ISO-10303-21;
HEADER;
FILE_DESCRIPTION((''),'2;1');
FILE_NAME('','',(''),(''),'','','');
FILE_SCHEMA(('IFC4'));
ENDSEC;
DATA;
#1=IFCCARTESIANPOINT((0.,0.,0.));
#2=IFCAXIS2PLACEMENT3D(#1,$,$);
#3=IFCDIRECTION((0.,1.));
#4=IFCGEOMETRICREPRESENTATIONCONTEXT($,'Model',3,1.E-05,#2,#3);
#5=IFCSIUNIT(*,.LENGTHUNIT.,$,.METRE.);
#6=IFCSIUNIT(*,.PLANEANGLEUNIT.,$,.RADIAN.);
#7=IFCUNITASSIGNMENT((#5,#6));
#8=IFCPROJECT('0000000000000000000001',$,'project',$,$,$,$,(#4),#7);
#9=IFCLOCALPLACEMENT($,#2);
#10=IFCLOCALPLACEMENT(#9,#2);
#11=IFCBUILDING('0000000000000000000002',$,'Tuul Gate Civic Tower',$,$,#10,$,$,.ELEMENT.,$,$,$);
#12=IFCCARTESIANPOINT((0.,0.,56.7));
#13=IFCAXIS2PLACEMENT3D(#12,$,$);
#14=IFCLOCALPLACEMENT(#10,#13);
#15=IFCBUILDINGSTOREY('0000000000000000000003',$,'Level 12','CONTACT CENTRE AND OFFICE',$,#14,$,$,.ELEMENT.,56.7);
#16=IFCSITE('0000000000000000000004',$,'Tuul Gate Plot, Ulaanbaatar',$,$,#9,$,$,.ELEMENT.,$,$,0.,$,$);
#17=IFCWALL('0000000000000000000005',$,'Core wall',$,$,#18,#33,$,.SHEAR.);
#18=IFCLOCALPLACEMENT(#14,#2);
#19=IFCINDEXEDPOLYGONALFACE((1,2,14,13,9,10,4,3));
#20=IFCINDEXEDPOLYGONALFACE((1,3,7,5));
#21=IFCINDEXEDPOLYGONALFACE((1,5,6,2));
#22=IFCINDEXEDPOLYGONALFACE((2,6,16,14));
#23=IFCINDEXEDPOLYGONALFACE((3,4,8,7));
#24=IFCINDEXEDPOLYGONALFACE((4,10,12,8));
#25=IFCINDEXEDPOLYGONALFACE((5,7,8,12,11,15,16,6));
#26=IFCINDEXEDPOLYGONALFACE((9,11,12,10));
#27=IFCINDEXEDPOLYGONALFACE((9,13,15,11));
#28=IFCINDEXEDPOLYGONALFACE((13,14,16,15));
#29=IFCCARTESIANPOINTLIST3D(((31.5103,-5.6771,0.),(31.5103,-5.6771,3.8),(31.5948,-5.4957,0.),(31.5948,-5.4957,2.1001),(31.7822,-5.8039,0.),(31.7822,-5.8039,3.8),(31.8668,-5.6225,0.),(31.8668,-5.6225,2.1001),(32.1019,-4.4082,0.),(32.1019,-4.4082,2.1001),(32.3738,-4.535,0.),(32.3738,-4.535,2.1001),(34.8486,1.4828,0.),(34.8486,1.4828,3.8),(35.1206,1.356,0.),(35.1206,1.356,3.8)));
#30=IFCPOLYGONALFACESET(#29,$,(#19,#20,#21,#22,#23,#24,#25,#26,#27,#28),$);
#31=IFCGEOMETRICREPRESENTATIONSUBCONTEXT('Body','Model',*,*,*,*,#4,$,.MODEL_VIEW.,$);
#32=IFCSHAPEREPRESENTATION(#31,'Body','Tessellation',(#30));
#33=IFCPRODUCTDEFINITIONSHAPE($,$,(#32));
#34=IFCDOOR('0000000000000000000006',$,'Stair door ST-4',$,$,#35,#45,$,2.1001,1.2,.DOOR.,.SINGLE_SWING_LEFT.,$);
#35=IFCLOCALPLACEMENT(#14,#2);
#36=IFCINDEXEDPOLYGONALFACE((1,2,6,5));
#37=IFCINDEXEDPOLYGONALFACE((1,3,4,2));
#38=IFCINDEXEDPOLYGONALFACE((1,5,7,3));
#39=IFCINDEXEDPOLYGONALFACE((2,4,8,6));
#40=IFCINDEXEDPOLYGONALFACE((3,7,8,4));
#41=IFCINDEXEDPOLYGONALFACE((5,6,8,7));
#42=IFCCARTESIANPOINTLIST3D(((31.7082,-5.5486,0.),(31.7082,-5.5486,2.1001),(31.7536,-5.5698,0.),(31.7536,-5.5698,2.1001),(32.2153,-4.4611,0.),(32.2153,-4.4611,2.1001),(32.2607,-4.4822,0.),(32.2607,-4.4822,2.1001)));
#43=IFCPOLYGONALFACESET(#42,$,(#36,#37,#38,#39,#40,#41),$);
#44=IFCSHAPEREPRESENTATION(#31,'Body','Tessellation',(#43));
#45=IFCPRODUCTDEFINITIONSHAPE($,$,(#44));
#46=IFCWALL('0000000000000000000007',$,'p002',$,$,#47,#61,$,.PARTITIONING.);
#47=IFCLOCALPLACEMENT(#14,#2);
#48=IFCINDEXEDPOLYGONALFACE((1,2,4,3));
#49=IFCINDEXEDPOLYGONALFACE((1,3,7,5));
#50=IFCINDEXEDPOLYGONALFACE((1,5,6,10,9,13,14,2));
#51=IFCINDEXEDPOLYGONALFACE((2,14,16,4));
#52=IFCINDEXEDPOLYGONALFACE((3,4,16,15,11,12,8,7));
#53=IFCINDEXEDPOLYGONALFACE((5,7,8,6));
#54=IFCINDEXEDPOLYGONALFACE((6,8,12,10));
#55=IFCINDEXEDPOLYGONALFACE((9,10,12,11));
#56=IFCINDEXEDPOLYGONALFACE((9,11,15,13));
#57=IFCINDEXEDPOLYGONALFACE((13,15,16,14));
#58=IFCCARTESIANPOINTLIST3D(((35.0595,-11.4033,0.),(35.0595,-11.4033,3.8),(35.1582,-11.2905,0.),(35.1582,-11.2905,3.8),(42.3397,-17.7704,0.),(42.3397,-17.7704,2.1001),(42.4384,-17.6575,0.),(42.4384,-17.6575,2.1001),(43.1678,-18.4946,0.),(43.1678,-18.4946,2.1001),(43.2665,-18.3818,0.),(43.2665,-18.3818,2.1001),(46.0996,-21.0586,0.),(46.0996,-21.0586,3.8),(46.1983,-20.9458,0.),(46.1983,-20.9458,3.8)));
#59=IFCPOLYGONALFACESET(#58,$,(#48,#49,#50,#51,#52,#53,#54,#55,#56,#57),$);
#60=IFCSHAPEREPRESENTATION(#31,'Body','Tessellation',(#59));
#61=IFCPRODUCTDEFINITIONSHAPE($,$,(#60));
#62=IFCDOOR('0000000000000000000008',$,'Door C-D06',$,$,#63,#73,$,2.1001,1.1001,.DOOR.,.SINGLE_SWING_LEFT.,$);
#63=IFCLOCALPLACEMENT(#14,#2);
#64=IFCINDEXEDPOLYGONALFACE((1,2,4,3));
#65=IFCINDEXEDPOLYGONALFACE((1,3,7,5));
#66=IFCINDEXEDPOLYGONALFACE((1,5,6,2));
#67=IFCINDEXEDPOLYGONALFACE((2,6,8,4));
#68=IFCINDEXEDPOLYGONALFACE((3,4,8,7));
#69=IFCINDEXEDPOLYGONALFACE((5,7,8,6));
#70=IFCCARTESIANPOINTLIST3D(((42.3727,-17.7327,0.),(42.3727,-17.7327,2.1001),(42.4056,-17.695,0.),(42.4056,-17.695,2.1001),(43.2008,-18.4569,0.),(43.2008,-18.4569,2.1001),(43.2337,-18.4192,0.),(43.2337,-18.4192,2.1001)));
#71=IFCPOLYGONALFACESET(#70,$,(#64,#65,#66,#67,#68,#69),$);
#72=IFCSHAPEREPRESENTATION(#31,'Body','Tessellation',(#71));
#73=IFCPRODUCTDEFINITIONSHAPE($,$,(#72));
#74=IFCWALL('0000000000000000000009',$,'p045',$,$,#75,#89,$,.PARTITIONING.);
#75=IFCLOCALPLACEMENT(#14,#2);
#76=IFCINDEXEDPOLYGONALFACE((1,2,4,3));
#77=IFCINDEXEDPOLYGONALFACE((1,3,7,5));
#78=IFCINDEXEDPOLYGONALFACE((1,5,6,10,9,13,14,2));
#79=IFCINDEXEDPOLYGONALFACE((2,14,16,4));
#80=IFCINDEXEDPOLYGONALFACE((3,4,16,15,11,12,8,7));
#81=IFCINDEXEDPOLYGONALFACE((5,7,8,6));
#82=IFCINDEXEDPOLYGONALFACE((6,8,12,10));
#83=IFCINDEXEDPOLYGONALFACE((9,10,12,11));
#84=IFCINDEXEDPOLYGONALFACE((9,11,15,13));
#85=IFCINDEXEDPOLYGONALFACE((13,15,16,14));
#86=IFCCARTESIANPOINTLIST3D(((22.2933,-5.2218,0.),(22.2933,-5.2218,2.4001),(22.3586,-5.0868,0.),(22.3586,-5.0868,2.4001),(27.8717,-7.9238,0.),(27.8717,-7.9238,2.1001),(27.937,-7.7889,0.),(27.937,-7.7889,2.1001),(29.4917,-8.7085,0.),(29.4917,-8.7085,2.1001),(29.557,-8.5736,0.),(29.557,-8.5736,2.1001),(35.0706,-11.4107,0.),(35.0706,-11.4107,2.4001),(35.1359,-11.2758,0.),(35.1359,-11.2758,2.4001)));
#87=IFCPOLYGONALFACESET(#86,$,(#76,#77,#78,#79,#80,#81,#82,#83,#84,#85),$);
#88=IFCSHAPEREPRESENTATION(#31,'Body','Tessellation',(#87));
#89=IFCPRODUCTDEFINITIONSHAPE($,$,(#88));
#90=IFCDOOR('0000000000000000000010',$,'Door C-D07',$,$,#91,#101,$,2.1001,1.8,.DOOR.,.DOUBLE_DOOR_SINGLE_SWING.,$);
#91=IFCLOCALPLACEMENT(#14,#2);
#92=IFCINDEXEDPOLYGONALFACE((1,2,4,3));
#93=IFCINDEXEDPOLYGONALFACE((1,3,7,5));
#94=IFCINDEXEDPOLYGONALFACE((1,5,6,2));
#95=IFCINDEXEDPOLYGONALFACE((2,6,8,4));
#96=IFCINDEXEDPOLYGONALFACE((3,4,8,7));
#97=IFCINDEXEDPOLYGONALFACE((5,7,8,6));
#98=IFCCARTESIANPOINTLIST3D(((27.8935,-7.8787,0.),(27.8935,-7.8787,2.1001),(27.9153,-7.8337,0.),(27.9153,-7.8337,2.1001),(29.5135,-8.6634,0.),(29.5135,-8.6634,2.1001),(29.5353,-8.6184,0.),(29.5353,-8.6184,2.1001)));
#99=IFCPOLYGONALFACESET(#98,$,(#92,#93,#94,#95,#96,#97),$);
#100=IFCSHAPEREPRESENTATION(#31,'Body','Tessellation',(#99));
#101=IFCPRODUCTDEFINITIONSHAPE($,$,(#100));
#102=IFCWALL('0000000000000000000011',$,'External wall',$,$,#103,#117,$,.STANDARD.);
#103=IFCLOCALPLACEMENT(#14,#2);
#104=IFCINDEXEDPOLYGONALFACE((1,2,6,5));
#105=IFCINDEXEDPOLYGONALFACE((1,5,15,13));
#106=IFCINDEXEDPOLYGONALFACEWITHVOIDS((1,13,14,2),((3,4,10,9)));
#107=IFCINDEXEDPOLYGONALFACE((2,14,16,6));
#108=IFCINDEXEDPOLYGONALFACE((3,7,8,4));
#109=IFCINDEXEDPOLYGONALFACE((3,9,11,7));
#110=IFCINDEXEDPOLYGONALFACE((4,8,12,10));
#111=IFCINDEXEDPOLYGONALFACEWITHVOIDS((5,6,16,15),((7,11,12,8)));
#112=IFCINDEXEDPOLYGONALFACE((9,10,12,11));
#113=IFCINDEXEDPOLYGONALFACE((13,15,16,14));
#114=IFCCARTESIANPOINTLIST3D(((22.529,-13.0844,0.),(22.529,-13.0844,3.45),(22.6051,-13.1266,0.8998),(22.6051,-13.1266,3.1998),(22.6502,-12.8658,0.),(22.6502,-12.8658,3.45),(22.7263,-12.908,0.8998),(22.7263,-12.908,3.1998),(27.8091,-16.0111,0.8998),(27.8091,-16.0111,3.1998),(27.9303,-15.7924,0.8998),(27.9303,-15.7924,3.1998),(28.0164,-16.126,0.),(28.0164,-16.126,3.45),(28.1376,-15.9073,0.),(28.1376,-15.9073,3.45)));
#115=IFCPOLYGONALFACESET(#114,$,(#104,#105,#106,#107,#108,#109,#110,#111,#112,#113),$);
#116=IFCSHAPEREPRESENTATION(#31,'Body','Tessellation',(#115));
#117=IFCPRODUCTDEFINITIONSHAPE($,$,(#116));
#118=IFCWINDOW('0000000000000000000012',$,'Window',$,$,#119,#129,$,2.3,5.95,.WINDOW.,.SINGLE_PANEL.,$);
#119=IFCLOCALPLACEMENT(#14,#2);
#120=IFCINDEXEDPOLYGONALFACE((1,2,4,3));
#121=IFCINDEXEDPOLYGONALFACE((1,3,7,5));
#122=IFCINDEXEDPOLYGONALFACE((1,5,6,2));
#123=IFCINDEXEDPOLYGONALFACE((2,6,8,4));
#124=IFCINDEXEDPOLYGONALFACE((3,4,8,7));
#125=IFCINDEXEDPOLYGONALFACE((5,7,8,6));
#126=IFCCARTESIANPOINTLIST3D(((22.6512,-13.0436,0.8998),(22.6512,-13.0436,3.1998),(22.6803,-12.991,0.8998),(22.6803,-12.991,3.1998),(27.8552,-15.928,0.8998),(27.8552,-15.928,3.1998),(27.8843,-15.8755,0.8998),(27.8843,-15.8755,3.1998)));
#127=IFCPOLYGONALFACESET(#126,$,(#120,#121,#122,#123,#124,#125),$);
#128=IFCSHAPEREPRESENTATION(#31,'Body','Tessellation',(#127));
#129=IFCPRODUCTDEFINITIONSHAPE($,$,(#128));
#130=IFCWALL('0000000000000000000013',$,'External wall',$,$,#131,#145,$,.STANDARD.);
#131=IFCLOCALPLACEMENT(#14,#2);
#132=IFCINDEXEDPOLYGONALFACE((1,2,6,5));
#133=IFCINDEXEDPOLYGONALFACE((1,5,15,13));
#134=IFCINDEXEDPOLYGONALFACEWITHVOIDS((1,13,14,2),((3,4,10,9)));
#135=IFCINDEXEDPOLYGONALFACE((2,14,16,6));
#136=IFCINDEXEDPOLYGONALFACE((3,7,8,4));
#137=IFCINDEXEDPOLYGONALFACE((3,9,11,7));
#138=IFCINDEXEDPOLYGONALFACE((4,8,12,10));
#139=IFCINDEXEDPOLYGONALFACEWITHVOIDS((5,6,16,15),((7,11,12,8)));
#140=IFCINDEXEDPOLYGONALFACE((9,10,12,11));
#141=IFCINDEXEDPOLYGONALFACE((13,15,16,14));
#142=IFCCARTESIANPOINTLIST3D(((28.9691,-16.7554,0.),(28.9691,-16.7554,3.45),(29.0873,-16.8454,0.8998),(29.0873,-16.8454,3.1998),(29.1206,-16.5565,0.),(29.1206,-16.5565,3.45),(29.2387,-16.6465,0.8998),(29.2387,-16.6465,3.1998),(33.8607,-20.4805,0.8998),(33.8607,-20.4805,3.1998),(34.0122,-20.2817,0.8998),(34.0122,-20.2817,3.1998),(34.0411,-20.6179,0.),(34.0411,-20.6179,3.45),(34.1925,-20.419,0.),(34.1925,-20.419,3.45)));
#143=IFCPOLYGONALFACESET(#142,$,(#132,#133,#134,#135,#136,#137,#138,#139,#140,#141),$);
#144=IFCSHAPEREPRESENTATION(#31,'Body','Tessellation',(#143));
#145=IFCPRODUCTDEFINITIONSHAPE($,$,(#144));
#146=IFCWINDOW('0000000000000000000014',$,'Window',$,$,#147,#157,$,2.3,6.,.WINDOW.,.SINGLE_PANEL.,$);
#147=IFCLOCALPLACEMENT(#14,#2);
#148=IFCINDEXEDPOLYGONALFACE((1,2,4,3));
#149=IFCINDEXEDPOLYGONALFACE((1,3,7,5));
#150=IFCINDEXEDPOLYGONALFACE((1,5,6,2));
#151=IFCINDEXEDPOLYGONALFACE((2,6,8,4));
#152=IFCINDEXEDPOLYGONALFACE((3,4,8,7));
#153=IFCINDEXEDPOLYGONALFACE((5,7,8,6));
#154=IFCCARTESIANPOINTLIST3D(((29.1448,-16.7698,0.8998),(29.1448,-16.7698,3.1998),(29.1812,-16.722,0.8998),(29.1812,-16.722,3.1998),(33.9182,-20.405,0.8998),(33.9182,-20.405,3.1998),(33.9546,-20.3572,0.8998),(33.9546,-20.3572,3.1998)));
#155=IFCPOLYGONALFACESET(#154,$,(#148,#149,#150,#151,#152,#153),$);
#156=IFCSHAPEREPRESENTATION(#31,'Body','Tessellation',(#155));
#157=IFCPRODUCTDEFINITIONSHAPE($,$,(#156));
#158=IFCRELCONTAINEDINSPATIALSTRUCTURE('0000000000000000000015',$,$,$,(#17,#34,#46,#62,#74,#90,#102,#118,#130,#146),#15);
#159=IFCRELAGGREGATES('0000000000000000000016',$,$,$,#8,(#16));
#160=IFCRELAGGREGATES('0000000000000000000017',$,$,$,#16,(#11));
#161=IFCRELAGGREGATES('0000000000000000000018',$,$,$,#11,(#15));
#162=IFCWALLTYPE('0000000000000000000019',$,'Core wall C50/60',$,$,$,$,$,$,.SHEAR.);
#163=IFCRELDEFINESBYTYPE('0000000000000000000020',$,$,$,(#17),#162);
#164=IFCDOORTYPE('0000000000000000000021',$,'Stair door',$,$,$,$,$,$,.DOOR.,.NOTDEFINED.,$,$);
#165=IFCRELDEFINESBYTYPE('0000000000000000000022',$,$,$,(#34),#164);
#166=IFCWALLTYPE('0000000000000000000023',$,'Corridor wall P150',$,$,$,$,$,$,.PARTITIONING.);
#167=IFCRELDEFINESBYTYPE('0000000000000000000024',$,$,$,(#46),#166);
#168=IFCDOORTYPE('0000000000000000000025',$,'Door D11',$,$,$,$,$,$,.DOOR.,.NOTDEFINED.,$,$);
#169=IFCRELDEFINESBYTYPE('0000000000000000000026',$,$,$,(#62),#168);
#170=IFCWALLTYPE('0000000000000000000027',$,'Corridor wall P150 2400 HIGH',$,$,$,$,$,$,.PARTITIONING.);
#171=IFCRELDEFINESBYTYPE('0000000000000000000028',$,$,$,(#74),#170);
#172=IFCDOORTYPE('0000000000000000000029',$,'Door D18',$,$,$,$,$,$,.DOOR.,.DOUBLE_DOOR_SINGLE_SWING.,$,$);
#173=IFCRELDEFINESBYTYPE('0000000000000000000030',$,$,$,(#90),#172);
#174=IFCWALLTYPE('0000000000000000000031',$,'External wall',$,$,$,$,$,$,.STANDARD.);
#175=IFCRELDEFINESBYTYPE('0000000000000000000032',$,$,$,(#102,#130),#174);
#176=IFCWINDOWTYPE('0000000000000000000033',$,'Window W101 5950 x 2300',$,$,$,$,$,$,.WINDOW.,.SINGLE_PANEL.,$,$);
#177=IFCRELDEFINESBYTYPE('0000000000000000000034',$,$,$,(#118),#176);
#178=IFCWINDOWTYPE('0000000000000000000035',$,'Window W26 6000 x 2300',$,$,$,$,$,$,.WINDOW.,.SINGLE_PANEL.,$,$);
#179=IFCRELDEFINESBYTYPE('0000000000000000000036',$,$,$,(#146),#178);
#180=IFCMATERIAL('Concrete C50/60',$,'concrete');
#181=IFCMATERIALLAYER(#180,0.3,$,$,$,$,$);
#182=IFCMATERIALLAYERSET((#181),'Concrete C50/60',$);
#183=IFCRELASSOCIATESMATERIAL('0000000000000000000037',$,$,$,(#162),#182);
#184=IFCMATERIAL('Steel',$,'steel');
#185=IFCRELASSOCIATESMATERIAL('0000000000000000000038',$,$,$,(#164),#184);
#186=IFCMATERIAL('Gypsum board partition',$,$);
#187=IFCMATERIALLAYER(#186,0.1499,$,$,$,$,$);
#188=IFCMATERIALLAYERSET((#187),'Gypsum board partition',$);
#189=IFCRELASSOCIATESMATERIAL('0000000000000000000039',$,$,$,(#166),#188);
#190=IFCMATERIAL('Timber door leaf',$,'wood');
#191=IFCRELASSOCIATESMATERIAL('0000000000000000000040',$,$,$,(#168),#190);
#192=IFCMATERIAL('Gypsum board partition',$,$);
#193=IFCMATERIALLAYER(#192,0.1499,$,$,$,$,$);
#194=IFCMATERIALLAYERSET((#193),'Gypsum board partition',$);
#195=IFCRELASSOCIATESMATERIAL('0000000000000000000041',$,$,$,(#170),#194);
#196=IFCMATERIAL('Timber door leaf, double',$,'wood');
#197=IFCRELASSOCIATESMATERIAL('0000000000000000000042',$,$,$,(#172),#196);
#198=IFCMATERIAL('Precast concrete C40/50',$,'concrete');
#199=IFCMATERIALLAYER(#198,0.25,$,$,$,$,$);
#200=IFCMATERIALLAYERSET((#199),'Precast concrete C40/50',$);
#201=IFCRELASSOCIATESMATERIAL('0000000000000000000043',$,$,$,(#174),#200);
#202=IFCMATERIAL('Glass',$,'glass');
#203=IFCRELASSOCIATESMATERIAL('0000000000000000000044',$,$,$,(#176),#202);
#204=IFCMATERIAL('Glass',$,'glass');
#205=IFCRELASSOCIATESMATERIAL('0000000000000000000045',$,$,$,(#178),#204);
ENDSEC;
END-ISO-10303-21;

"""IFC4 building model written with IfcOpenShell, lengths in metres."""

from ifc_helpers import new_model, si_unit, direction, frame, frame_2d, origin, place, context, subcontext, project, spatial, rectangle, extrude, material, layer, layer_set, type_object, element, fill, save


model = new_model("IFC4")

# Units and contexts
model_context = context("Model", 3, precision=1e-05, world=origin(), true_north=direction((0.0, 1.0)))
body_context = subcontext(model_context, "Body", "Model", "MODEL_VIEW")
ifc_project = project(units=[si_unit("LENGTHUNIT", "METRE"), si_unit("PLANEANGLEUNIT", "RADIAN")], contexts=[model_context])

# Site, building, storey
site_placement = place(None, origin())
site = spatial("IfcSite", under=ifc_project, at=site_placement, Name="Tuul Gate Plot, Ulaanbaatar", CompositionType="ELEMENT", RefElevation=0.0)
building_placement = place(site_placement, origin())
building = spatial("IfcBuilding", under=site, at=building_placement, Name="Tuul Gate Civic Tower", CompositionType="ELEMENT")
storey_placement = place(building_placement, frame((0.0, 0.0, 56.7)))
storey = spatial("IfcBuildingStorey", under=building, at=storey_placement, Name="Level 12", Description="CONTACT CENTRE AND OFFICE", CompositionType="ELEMENT", Elevation=56.7)

# Shared definitions
ifc_material_1 = material(Name="Concrete C50/60", Category="concrete")
ifc_layer_1 = layer(ifc_material_1, 0.3)
ifc_layer_set_1 = layer_set([ifc_layer_1], Name="Concrete C50/60")
wall_type_1 = type_object("IfcWallType", Name="Core wall C50/60", PredefinedType="SHEAR", material=ifc_layer_set_1)

# Walls, openings, doors
wall_1_placement = place(storey_placement, frame((31.6462, -5.7405, 0.0), z_axis=(0.0, 0.0, 1.0), x_axis=(0.422583, 0.906324, 0.0)))
wall_1 = element("IfcWall", 1, at=wall_1_placement, inside=storey, type_object=wall_type_1, Name="Core wall", PredefinedType="SHEAR", context=body_context, shape_type="SweptSolid", body=[
    extrude(rectangle(XDim=7.8999, YDim=0.3, at=frame_2d((3.95, 0.0))), origin(), (0.0, 0.0, 1.0), 3.8),
])
opening_1_placement = place(wall_1_placement, frame((0.2, 0.0, 0.0)))
opening_1 = element("IfcOpeningElement", 2, at=opening_1_placement, cuts=wall_1, PredefinedType="OPENING", context=body_context, shape_type="SweptSolid", body=[
    extrude(rectangle(XDim=1.2, YDim=2.1001, at=frame_2d((0.6001, 1.05))), frame((0.0, 0.1602, 0.0), z_axis=(0.0, -1.0, 0.0), x_axis=(1.0, 0.0, 0.0)), (0.0, 0.0, 1.0), 0.3201),
])
ifc_material_2 = material(Name="Steel", Category="steel")
door_type_1 = type_object("IfcDoorType", Name="Stair door", OperationType="NOTDEFINED", PredefinedType="DOOR", material=ifc_material_2)
door_1_placement = place(opening_1_placement, origin())
door_1 = element("IfcDoor", 3, at=door_1_placement, inside=storey, type_object=door_type_1, Name="Stair door ST-4", OperationType="SINGLE_SWING_LEFT", OverallHeight=2.1001, OverallWidth=1.2, PredefinedType="DOOR", context=body_context, shape_type="SweptSolid", body=[
    extrude(rectangle(XDim=1.2, YDim=2.1001, at=frame_2d((0.6001, 1.05))), frame((0.0, 0.0249, 0.0), z_axis=(0.0, -1.0, 0.0), x_axis=(1.0, 0.0, 0.0)), (0.0, 0.0, 1.0), 0.05),
])
fill(opening_1, door_1)
ifc_material_3 = material(Name="Gypsum board partition")
ifc_layer_2 = layer(ifc_material_3, 0.1499)
ifc_layer_set_2 = layer_set([ifc_layer_2], Name="Gypsum board partition")
wall_type_2 = type_object("IfcWallType", Name="Corridor wall P150", PredefinedType="PARTITIONING", material=ifc_layer_set_2)
wall_2_placement = place(storey_placement, frame((35.1089, -11.3469, 0.0), z_axis=(0.0, 0.0, 1.0), x_axis=(0.752738, -0.658321, 0.0)))
wall_2 = element("IfcWall", 4, at=wall_2_placement, inside=storey, type_object=wall_type_2, Name="p002", PredefinedType="PARTITIONING", context=body_context, shape_type="SweptSolid", body=[
    extrude(rectangle(XDim=14.6665, YDim=0.1499, at=frame_2d((7.3333, 0.0))), origin(), (0.0, 0.0, 1.0), 3.8),
])
opening_2_placement = place(wall_2_placement, frame((9.6716, 0.0, 0.0)))
opening_2 = element("IfcOpeningElement", 5, at=opening_2_placement, cuts=wall_2, PredefinedType="OPENING", context=body_context, shape_type="SweptSolid", body=[
    extrude(rectangle(XDim=1.1001, YDim=2.1001, at=frame_2d((0.55, 1.05))), frame((0.0, 0.085, 0.0), z_axis=(0.0, -1.0, 0.0), x_axis=(1.0, 0.0, 0.0)), (0.0, 0.0, 1.0), 0.1699),
])
ifc_material_4 = material(Name="Timber door leaf", Category="wood")
door_type_2 = type_object("IfcDoorType", Name="Door D11", OperationType="NOTDEFINED", PredefinedType="DOOR", material=ifc_material_4)
door_2_placement = place(opening_2_placement, frame((1.1001, 0.0, 0.0), z_axis=(0.0, 0.0, 1.0), x_axis=(-1.0, 0.0, 0.0)))
door_2 = element("IfcDoor", 6, at=door_2_placement, inside=storey, type_object=door_type_2, Name="Door C-D06", OperationType="SINGLE_SWING_LEFT", OverallHeight=2.1001, OverallWidth=1.1001, PredefinedType="DOOR", context=body_context, shape_type="SweptSolid", body=[
    extrude(rectangle(XDim=1.1001, YDim=2.1001, at=frame_2d((0.55, 1.05))), frame((0.0, 0.0249, 0.0), z_axis=(0.0, -1.0, 0.0), x_axis=(1.0, 0.0, 0.0)), (0.0, 0.0, 1.0), 0.05),
])
fill(opening_2, door_2)
ifc_material_5 = material(Name="Gypsum board partition")
ifc_layer_3 = layer(ifc_material_5, 0.1499)
ifc_layer_set_3 = layer_set([ifc_layer_3], Name="Gypsum board partition")
wall_type_3 = type_object("IfcWallType", Name="Corridor wall P150 2400 HIGH", PredefinedType="PARTITIONING", material=ifc_layer_set_3)
wall_3_placement = place(storey_placement, frame((22.3259, -5.1543, 0.0), z_axis=(0.0, 0.0, 1.0), x_axis=(0.899983, -0.435925, 0.0)))
wall_3 = element("IfcWall", 7, at=wall_3_placement, inside=storey, type_object=wall_type_3, Name="p045", PredefinedType="PARTITIONING", context=body_context, shape_type="SweptSolid", body=[
    extrude(rectangle(XDim=14.1973, YDim=0.1499, at=frame_2d((7.0986, 0.0))), origin(), (0.0, 0.0, 1.0), 2.4001),
])
opening_3_placement = place(wall_3_placement, frame((6.1985, 0.0, 0.0)))
opening_3 = element("IfcOpeningElement", 8, at=opening_3_placement, cuts=wall_3, PredefinedType="OPENING", context=body_context, shape_type="SweptSolid", body=[
    extrude(rectangle(XDim=1.8, YDim=2.1001, at=frame_2d((0.8999, 1.05))), frame((0.0, 0.085, 0.0), z_axis=(0.0, -1.0, 0.0), x_axis=(1.0, 0.0, 0.0)), (0.0, 0.0, 1.0), 0.1699),
])
ifc_material_6 = material(Name="Timber door leaf, double", Category="wood")
door_type_3 = type_object("IfcDoorType", Name="Door D18", OperationType="DOUBLE_DOOR_SINGLE_SWING", PredefinedType="DOOR", material=ifc_material_6)
door_3_placement = place(opening_3_placement, frame((1.8, 0.0, 0.0), z_axis=(0.0, 0.0, 1.0), x_axis=(-1.0, 0.0, 0.0)))
door_3 = element("IfcDoor", 9, at=door_3_placement, inside=storey, type_object=door_type_3, Name="Door C-D07", OperationType="DOUBLE_DOOR_SINGLE_SWING", OverallHeight=2.1001, OverallWidth=1.8, PredefinedType="DOOR", context=body_context, shape_type="SweptSolid", body=[
    extrude(rectangle(XDim=1.8, YDim=2.1001, at=frame_2d((0.9001, 1.05))), frame((0.0, 0.0249, 0.0), z_axis=(0.0, -1.0, 0.0), x_axis=(1.0, 0.0, 0.0)), (0.0, 0.0, 1.0), 0.05),
])
fill(opening_3, door_3)

# Walls, openings, windows
ifc_material_7 = material(Name="Precast concrete C40/50", Category="concrete")
ifc_layer_4 = layer(ifc_material_7, 0.25)
ifc_layer_set_4 = layer_set([ifc_layer_4], Name="Precast concrete C40/50")
wall_type_4 = type_object("IfcWallType", Name="External wall", PredefinedType="STANDARD", material=ifc_layer_set_4)
wall_4_placement = place(storey_placement, frame((22.5896, -12.9751, 0.0), z_axis=(0.0, 0.0, 1.0), x_axis=(0.87463, -0.48479, 0.0)))
wall_4 = element("IfcWall", 10, at=wall_4_placement, inside=storey, type_object=wall_type_4, Name="External wall", PredefinedType="STANDARD", context=body_context, shape_type="SweptSolid", body=[
    extrude(rectangle(XDim=6.2739, YDim=0.25, at=frame_2d((3.137, 0.0))), origin(), (0.0, 0.0, 1.0), 3.45),
])
opening_4_placement = place(wall_4_placement, frame((0.0869, 0.0, 0.8999)))
opening_4 = element("IfcOpeningElement", 11, at=opening_4_placement, cuts=wall_4, PredefinedType="OPENING", context=body_context, shape_type="SweptSolid", body=[
    extrude(rectangle(XDim=5.95, YDim=2.3, at=frame_2d((2.9751, 1.1499))), frame((0.0, 0.135, 0.0), z_axis=(0.0, -1.0, 0.0), x_axis=(1.0, 0.0, 0.0)), (0.0, 0.0, 1.0), 0.27),
])
ifc_material_8 = material(Name="Glass", Category="glass")
window_type_1 = type_object("IfcWindowType", Name="Window W101 5950 x 2300", PartitioningType="SINGLE_PANEL", PredefinedType="WINDOW", material=ifc_material_8)
window_1_placement = place(opening_4_placement, origin())
window_1 = element("IfcWindow", 12, at=window_1_placement, inside=storey, type_object=window_type_1, Name="Window", OverallHeight=2.3, OverallWidth=5.95, PartitioningType="SINGLE_PANEL", PredefinedType="WINDOW", context=body_context, shape_type="SweptSolid", body=[
    extrude(rectangle(XDim=5.95, YDim=2.3, at=frame_2d((2.9751, 1.1499))), frame((0.0, 0.03, 0.0), z_axis=(0.0, -1.0, 0.0), x_axis=(1.0, 0.0, 0.0)), (0.0, 0.0, 1.0), 0.0601),
])
fill(opening_4, window_1)
wall_5_placement = place(storey_placement, frame((29.0449, -16.656, 0.0), z_axis=(0.0, 0.0, 1.0), x_axis=(0.795571, -0.60586, 0.0)))
wall_5 = element("IfcWall", 13, at=wall_5_placement, inside=storey, type_object=wall_type_4, Name="External wall", PredefinedType="STANDARD", context=body_context, shape_type="SweptSolid", body=[
    extrude(rectangle(XDim=6.3752, YDim=0.25, at=frame_2d((3.1875, 0.0))), origin(), (0.0, 0.0, 1.0), 3.45),
])
opening_5_placement = place(wall_5_placement, frame((0.1484, 0.0, 0.8999)))
opening_5 = element("IfcOpeningElement", 14, at=opening_5_placement, cuts=wall_5, PredefinedType="OPENING", context=body_context, shape_type="SweptSolid", body=[
    extrude(rectangle(XDim=6.0, YDim=2.3, at=frame_2d((3.0, 1.1499))), frame((0.0, 0.135, 0.0), z_axis=(0.0, -1.0, 0.0), x_axis=(1.0, 0.0, 0.0)), (0.0, 0.0, 1.0), 0.27),
])
ifc_material_9 = material(Name="Glass", Category="glass")
window_type_2 = type_object("IfcWindowType", Name="Window W26 6000 x 2300", PartitioningType="SINGLE_PANEL", PredefinedType="WINDOW", material=ifc_material_9)
window_2_placement = place(opening_5_placement, origin())
window_2 = element("IfcWindow", 15, at=window_2_placement, inside=storey, type_object=window_type_2, Name="Window", OverallHeight=2.3, OverallWidth=6.0, PartitioningType="SINGLE_PANEL", PredefinedType="WINDOW", context=body_context, shape_type="SweptSolid", body=[
    extrude(rectangle(XDim=6.0, YDim=2.3, at=frame_2d((3.0, 1.1499))), frame((0.0, 0.03, 0.0), z_axis=(0.0, -1.0, 0.0), x_axis=(1.0, 0.0, 0.0)), (0.0, 0.0, 1.0), 0.0601),
])
fill(opening_5, window_2)

save(model, "model.ifc")
